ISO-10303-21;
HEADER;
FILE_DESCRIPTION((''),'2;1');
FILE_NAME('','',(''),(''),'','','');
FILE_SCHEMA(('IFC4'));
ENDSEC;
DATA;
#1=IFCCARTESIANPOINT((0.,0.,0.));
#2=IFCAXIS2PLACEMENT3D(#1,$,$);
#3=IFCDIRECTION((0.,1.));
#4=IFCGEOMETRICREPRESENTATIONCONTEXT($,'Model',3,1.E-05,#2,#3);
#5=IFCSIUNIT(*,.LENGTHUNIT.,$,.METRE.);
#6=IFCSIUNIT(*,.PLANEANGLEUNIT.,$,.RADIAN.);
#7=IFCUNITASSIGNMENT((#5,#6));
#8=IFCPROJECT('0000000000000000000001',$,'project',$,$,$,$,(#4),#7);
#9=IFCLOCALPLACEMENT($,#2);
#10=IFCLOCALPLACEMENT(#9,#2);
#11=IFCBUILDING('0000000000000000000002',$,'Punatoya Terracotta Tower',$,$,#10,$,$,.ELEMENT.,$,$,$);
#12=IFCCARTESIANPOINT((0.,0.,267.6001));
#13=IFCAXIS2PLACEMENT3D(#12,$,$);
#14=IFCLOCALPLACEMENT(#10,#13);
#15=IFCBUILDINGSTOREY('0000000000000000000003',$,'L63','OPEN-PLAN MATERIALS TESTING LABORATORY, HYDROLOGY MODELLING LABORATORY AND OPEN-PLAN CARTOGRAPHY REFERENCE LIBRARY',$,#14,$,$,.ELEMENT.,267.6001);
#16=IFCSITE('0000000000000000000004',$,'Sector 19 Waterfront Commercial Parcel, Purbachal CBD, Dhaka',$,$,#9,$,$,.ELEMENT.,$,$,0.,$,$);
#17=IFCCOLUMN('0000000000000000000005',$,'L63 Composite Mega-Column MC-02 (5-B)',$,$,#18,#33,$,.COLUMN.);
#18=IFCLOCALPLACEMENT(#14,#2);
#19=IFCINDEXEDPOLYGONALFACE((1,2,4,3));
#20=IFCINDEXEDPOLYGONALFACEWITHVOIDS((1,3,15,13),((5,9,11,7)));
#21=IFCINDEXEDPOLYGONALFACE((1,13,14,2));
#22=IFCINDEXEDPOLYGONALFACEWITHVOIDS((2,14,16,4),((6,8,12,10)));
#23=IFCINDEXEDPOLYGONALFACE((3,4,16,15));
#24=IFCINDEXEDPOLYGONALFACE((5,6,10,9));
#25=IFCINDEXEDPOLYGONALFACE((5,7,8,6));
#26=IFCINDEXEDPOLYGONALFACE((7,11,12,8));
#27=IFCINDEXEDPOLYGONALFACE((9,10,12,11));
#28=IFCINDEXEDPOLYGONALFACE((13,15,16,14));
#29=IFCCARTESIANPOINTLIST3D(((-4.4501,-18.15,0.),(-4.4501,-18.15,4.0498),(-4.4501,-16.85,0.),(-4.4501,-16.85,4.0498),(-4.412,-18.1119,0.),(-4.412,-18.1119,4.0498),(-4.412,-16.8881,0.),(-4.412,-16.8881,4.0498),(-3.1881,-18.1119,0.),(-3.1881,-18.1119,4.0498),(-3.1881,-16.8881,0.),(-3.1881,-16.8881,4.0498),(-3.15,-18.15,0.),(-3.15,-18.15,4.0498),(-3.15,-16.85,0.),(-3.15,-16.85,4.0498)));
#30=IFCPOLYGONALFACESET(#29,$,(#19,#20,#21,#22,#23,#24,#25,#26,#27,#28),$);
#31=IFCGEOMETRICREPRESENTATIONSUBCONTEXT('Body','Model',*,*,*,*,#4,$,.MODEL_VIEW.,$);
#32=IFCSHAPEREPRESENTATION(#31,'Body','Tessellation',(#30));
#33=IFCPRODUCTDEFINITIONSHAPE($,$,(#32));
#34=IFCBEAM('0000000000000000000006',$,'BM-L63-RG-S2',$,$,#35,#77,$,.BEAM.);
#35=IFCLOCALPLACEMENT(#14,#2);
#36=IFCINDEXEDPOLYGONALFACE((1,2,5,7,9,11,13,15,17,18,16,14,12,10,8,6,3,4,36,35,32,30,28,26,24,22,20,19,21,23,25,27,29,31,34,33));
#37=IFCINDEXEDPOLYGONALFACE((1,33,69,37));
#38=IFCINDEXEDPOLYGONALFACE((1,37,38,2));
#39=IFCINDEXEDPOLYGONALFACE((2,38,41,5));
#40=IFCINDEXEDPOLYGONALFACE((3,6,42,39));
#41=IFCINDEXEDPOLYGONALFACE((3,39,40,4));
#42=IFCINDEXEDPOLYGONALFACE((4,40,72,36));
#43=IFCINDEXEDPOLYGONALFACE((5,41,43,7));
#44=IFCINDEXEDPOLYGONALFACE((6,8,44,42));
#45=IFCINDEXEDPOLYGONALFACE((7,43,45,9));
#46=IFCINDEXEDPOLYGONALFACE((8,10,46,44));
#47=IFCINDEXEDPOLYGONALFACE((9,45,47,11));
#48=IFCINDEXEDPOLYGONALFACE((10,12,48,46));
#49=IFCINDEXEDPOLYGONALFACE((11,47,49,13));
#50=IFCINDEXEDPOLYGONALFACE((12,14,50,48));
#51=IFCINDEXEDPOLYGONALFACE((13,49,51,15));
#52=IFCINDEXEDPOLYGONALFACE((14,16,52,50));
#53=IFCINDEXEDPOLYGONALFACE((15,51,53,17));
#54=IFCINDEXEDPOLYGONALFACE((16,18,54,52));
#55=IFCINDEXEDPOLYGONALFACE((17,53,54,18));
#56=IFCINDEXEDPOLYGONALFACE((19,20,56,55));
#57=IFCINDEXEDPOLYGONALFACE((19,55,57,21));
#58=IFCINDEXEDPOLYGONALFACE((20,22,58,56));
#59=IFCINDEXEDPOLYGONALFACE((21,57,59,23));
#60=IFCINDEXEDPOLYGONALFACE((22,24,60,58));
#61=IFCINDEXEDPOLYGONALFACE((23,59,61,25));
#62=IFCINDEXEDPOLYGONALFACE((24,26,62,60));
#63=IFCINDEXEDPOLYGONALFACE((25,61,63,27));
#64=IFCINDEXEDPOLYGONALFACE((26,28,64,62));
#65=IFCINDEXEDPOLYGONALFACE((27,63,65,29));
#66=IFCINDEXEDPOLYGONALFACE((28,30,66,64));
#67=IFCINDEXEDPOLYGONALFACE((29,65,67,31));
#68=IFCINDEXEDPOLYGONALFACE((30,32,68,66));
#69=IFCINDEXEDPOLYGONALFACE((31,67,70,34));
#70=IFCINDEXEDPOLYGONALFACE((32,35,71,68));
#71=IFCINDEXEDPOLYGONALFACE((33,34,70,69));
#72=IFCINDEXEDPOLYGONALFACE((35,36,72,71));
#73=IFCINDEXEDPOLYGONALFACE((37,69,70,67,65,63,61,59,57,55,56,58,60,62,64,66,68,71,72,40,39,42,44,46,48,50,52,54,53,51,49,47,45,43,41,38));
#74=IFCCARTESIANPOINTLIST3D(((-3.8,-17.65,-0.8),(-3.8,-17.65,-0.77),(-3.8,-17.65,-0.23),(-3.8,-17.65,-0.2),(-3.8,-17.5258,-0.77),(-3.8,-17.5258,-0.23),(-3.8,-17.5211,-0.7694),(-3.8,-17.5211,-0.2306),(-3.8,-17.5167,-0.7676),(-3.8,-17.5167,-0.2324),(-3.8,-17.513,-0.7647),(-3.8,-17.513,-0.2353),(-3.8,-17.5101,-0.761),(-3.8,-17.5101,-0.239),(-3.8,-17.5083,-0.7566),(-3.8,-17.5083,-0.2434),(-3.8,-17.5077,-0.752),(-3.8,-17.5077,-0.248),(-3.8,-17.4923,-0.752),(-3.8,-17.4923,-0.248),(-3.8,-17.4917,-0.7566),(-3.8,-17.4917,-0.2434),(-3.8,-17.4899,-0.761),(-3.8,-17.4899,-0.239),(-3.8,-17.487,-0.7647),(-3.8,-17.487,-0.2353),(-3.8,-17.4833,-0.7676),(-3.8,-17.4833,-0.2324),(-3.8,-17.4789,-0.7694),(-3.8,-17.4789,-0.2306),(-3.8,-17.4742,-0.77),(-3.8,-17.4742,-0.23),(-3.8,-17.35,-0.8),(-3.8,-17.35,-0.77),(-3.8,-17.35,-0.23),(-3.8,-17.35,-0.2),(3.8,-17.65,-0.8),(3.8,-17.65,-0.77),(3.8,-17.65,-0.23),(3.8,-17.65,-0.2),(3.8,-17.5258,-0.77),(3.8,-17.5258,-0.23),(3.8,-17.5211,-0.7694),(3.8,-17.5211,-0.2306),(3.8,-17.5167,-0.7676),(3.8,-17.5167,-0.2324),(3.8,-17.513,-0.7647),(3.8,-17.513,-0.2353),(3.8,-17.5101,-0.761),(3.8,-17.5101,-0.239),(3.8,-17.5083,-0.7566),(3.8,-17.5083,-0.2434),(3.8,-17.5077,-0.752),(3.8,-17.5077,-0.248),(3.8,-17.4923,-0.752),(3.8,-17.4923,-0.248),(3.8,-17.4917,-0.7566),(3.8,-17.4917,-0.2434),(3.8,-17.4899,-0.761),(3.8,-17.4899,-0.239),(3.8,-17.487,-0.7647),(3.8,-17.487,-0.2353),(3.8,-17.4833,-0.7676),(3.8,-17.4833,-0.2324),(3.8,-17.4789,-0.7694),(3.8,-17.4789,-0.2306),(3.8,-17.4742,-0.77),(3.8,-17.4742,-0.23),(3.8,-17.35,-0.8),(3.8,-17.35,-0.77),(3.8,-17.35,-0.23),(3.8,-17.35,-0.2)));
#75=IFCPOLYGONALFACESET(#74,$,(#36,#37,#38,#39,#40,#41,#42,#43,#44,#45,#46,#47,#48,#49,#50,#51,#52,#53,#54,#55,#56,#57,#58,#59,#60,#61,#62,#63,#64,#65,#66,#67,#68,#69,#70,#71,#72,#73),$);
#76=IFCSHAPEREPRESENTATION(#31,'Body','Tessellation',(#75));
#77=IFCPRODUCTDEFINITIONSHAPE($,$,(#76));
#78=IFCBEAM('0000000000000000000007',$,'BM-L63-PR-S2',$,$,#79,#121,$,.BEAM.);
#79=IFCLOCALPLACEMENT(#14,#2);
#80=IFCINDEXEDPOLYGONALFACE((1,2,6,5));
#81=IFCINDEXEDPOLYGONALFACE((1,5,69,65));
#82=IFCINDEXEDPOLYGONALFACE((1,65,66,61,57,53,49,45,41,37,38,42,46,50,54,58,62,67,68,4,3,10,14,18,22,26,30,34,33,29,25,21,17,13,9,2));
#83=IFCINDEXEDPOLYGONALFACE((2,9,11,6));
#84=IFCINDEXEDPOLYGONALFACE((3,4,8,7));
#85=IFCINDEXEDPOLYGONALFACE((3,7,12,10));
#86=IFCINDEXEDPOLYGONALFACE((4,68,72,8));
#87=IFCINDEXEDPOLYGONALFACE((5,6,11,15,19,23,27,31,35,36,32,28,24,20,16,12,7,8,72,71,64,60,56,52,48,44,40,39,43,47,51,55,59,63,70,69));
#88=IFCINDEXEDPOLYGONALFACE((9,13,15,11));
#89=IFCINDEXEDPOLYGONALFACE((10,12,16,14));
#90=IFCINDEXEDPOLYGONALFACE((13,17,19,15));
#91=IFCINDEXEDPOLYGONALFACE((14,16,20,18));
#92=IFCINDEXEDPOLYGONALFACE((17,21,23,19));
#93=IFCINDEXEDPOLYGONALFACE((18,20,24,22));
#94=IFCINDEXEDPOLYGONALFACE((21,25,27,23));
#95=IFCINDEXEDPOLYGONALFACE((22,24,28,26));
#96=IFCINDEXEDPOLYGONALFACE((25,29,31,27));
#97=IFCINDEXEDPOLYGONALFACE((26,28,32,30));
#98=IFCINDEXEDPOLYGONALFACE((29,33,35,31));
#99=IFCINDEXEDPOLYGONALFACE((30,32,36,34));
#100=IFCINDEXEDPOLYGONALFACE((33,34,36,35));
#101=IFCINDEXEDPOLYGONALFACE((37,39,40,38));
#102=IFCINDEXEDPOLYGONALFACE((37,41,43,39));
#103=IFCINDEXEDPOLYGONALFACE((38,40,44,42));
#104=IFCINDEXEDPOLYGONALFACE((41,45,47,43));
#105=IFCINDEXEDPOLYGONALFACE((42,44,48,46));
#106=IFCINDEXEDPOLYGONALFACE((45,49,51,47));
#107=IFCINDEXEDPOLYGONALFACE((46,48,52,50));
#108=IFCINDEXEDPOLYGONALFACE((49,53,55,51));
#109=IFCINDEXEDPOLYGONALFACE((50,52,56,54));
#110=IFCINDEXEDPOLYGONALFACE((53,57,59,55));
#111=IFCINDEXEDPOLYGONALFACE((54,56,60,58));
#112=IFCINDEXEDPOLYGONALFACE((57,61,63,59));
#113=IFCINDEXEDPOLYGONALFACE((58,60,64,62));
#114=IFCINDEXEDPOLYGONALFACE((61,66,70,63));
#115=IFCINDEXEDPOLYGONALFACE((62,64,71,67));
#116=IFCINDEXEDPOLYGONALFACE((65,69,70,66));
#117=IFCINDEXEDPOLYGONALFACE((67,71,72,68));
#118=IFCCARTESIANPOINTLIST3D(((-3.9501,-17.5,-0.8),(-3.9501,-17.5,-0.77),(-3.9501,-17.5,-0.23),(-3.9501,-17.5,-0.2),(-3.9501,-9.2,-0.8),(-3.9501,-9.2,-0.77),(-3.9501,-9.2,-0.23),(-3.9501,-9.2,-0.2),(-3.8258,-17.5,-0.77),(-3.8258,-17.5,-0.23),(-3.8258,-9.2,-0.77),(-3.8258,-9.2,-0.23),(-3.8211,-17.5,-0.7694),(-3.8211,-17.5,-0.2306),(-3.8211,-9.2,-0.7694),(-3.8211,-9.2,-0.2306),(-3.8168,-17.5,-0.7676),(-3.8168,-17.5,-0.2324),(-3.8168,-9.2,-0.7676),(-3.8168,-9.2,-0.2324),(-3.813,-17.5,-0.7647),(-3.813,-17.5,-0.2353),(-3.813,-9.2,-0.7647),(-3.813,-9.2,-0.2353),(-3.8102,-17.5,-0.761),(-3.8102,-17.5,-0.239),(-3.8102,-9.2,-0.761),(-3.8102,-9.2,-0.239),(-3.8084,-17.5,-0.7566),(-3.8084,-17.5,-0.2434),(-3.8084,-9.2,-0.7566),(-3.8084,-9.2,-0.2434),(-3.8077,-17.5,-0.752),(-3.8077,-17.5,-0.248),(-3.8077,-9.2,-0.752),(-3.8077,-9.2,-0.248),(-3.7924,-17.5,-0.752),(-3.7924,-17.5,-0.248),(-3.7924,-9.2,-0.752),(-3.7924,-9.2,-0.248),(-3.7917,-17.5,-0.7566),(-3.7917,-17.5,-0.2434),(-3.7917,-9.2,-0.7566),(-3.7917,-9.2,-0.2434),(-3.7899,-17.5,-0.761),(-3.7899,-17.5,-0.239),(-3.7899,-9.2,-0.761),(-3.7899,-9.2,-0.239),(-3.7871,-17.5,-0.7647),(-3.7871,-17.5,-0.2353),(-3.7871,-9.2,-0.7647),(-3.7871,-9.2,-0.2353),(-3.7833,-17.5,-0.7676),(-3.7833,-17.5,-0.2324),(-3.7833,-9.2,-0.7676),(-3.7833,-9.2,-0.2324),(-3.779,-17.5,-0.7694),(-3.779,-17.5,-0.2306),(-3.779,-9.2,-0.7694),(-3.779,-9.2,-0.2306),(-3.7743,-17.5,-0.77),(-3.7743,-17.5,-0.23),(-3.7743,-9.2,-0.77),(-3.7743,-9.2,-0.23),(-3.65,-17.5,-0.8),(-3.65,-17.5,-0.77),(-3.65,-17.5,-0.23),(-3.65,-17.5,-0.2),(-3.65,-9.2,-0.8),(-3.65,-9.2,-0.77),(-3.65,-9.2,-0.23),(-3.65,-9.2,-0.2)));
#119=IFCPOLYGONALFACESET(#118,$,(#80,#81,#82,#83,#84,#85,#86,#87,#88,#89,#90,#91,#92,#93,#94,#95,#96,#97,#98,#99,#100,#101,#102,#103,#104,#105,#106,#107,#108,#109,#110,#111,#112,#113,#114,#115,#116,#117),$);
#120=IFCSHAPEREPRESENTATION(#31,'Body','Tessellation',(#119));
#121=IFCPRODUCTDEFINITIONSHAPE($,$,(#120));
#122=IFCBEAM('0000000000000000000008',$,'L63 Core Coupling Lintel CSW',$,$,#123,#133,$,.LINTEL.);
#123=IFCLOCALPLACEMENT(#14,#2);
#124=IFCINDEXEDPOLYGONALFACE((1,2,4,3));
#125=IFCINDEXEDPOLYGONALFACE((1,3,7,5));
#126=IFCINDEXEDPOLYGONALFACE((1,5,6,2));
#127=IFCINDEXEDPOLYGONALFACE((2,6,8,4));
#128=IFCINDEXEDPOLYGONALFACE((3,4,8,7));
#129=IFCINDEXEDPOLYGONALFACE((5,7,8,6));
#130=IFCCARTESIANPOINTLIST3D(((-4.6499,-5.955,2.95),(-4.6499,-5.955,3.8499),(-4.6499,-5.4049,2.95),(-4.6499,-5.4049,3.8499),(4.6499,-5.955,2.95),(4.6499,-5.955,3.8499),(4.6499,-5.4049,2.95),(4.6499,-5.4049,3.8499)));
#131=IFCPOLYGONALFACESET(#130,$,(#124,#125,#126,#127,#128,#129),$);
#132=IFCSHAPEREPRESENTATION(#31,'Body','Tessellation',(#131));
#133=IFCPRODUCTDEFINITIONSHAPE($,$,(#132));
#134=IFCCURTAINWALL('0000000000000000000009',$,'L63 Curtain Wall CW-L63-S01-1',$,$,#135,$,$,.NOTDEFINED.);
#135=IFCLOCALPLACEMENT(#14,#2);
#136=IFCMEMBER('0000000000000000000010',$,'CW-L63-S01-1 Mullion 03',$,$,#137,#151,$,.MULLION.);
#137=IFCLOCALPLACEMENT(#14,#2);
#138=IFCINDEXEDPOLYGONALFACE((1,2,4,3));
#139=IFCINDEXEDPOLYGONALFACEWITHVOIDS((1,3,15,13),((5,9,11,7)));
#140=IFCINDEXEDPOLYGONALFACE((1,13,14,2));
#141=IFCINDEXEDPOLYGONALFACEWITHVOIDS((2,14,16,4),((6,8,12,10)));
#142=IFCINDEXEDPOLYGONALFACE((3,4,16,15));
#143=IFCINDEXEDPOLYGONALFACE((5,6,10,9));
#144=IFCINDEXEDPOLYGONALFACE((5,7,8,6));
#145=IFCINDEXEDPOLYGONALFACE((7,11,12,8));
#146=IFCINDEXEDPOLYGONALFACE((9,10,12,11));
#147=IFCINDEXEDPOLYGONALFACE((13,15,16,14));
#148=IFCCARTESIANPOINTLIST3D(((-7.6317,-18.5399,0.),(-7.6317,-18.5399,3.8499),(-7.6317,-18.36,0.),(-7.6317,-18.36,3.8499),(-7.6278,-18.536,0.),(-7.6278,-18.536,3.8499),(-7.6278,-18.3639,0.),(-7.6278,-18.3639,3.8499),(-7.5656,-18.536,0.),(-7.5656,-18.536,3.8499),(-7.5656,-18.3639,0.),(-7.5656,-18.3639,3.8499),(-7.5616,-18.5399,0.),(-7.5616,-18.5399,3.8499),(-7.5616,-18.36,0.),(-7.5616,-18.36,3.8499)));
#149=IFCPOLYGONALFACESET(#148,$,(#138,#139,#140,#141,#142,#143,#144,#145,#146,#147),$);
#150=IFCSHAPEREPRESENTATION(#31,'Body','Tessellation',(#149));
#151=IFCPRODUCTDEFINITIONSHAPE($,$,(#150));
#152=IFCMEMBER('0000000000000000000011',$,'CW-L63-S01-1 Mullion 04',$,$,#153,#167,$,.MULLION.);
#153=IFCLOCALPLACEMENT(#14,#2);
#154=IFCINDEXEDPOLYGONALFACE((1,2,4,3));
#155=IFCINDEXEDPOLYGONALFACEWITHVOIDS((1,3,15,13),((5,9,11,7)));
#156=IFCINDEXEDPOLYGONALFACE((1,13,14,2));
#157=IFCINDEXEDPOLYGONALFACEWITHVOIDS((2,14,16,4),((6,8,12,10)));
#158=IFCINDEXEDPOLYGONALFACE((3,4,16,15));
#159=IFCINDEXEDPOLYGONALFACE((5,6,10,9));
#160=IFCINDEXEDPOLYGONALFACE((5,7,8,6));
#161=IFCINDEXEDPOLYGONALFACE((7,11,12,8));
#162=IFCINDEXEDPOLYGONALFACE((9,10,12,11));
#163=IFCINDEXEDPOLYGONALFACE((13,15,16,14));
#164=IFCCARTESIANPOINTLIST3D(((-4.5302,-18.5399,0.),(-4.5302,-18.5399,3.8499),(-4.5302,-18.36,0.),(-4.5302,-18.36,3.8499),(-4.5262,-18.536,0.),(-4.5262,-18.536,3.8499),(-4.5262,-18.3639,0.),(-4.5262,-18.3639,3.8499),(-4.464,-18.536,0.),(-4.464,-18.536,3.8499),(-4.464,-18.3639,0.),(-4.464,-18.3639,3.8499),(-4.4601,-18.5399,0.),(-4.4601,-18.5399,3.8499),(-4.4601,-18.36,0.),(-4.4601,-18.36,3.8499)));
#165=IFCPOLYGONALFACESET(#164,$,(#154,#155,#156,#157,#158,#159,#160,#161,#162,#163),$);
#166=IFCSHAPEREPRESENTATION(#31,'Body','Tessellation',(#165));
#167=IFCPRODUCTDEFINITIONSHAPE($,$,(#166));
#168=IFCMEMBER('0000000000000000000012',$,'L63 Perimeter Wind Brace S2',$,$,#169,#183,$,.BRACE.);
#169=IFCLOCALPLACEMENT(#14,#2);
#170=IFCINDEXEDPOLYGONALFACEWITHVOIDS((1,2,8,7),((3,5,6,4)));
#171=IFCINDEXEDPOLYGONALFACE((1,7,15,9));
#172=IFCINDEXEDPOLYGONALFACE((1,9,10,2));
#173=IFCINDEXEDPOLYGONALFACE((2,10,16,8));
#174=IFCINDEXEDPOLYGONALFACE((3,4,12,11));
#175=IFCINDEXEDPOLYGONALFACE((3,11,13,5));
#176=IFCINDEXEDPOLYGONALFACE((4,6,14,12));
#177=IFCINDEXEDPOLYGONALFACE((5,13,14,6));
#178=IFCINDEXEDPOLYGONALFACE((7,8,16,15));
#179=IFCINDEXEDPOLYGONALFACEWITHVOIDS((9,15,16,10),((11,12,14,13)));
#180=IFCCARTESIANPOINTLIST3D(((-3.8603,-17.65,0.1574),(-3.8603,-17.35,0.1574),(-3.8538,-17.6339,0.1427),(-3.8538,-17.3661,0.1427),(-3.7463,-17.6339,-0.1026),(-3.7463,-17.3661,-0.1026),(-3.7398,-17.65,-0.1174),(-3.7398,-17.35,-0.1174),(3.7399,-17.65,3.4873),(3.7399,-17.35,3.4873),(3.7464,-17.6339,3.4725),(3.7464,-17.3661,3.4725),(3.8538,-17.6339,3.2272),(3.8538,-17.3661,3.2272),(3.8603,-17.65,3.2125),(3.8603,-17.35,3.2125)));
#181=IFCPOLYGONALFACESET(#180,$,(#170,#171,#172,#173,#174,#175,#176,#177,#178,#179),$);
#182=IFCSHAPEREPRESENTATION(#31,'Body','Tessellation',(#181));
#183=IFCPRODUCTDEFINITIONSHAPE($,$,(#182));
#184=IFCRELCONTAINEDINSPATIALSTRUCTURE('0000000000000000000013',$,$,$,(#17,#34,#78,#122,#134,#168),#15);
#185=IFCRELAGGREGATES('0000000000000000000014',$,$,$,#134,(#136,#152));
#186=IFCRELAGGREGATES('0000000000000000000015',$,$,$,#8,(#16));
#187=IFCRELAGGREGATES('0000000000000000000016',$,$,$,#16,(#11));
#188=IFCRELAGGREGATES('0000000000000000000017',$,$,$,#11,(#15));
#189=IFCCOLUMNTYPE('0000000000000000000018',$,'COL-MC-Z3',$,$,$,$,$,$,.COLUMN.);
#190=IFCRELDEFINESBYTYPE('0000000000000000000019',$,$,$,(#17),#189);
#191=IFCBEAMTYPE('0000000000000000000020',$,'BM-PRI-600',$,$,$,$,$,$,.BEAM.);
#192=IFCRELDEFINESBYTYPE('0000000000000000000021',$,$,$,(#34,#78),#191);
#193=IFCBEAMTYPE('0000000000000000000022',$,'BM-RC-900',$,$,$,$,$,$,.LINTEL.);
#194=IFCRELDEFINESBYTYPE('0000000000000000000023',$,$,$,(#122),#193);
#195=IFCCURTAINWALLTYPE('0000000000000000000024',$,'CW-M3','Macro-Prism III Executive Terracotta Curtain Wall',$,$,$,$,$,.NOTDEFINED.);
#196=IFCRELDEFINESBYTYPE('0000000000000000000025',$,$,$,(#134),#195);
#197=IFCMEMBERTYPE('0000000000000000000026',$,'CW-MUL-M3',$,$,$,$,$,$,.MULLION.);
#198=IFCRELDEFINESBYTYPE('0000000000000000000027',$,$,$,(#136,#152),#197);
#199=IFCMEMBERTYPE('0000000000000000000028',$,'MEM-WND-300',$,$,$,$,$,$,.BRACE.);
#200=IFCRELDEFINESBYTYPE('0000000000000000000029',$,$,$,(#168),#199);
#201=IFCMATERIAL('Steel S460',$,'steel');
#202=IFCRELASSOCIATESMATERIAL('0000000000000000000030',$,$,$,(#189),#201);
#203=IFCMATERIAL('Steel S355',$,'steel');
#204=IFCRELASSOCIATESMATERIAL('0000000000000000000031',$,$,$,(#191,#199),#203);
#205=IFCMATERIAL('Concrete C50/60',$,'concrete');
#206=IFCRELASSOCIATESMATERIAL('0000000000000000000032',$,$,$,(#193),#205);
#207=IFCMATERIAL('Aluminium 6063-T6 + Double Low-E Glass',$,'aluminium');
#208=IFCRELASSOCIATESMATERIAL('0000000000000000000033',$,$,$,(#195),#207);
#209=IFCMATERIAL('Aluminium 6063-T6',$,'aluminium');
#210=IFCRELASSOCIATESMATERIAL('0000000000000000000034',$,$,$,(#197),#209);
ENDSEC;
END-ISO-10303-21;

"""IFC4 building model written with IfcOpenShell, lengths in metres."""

from ifc_helpers import new_model, si_unit, direction, frame, origin, origin_2d, place, context, subcontext, project, spatial, rectangle, hollow_rectangle, i_section, extrude, material, material_profile, profile_set, type_object, element, aggregate, save


model = new_model("IFC4")

# Units and contexts
model_context = context("Model", 3, precision=1e-05, world=origin(), true_north=direction((0.0, 1.0)))
body_context = subcontext(model_context, "Body", "Model", "MODEL_VIEW")
ifc_project = project(units=[si_unit("LENGTHUNIT", "METRE"), si_unit("PLANEANGLEUNIT", "RADIAN")], contexts=[model_context])

# Site, building, storey
site_placement = place(None, origin())
site = spatial("IfcSite", under=ifc_project, at=site_placement, Name="Sector 19 Waterfront Commercial Parcel, Purbachal CBD, Dhaka", CompositionType="ELEMENT", RefElevation=0.0)
building_placement = place(site_placement, origin())
building = spatial("IfcBuilding", under=site, at=building_placement, Name="Punatoya Terracotta Tower", CompositionType="ELEMENT")
storey_placement = place(building_placement, frame((0.0, 0.0, 267.6001)))
storey = spatial("IfcBuildingStorey", under=building, at=storey_placement, Name="L63", Description="OPEN-PLAN MATERIALS TESTING LABORATORY, HYDROLOGY MODELLING LABORATORY AND OPEN-PLAN CARTOGRAPHY REFERENCE LIBRARY", CompositionType="ELEMENT", Elevation=267.6001)

# Column
ifc_material_1 = material(Name="Steel S460", Category="steel")
ifc_material_profile_1 = material_profile(ifc_material_1, hollow_rectangle(XDim=1.3, YDim=1.3, WallThickness=0.0381, at=origin_2d()))
ifc_profile_set_1 = profile_set([ifc_material_profile_1], Name="Steel S460")
column_type = type_object("IfcColumnType", Name="COL-MC-Z3", PredefinedType="COLUMN", material=ifc_profile_set_1)
column_placement = place(storey_placement, frame((-3.8, -17.5, 0.0), z_axis=(0.0, 0.0, 1.0), x_axis=(1.0, 0.0, 0.0)))
element("IfcColumn", 1, at=column_placement, inside=storey, type_object=column_type, Name="L63 Composite Mega-Column MC-02 (5-B)", PredefinedType="COLUMN", context=body_context, shape_type="SweptSolid", body=[
    extrude(hollow_rectangle(XDim=1.3, YDim=1.3, WallThickness=0.0381, at=origin_2d()), origin(), (0.0, 0.0, 1.0), 4.0498),
])

# Beams
ifc_material_2 = material(Name="Steel S355", Category="steel")
ifc_material_profile_2 = material_profile(ifc_material_2, i_section(OverallWidth=0.3, OverallDepth=0.6001, WebThickness=0.0154, FlangeThickness=0.03, FilletRadius=0.0181, at=origin_2d()))
ifc_profile_set_2 = profile_set([ifc_material_profile_2], Name="Steel S355")
beam_type_1 = type_object("IfcBeamType", Name="BM-PRI-600", PredefinedType="BEAM", material=ifc_profile_set_2)
beam_1_placement = place(storey_placement, frame((-3.8, -17.5, -0.5), z_axis=(1.0, 0.0, 0.0), x_axis=(0.0, 1.0, 0.0)))
element("IfcBeam", 2, at=beam_1_placement, inside=storey, type_object=beam_type_1, Name="BM-L63-RG-S2", PredefinedType="BEAM", context=body_context, shape_type="SweptSolid", body=[
    extrude(i_section(OverallWidth=0.3, OverallDepth=0.6001, WebThickness=0.0154, FlangeThickness=0.03, FilletRadius=0.0181, at=origin_2d()), origin(), (0.0, 0.0, 1.0), 7.6001),
])
beam_2_placement = place(storey_placement, frame((-3.8, -17.5, -0.5), z_axis=(0.0, 1.0, 0.0), x_axis=(-1.0, 0.0, 0.0)))
element("IfcBeam", 3, at=beam_2_placement, inside=storey, type_object=beam_type_1, Name="BM-L63-PR-S2", PredefinedType="BEAM", context=body_context, shape_type="SweptSolid", body=[
    extrude(i_section(OverallWidth=0.3, OverallDepth=0.6001, WebThickness=0.0154, FlangeThickness=0.03, FilletRadius=0.0181, at=origin_2d()), origin(), (0.0, 0.0, 1.0), 8.3),
])
ifc_material_3 = material(Name="Concrete C50/60", Category="concrete")
ifc_material_profile_3 = material_profile(ifc_material_3, rectangle(XDim=0.55, YDim=0.8999, at=origin_2d()))
ifc_profile_set_3 = profile_set([ifc_material_profile_3], Name="Concrete C50/60")
beam_type_2 = type_object("IfcBeamType", Name="BM-RC-900", PredefinedType="LINTEL", material=ifc_profile_set_3)
beam_3_placement = place(storey_placement, frame((-4.6499, -5.6799, 3.3999), z_axis=(1.0, 0.0, 0.0), x_axis=(0.0, 1.0, 0.0)))
element("IfcBeam", 4, at=beam_3_placement, inside=storey, type_object=beam_type_2, Name="L63 Core Coupling Lintel CSW", PredefinedType="LINTEL", context=body_context, shape_type="SweptSolid", body=[
    extrude(rectangle(XDim=0.55, YDim=0.8999, at=origin_2d()), origin(), (0.0, 0.0, 1.0), 9.2998),
])

# Curtain wall, members
ifc_material_4 = material(Name="Aluminium 6063-T6 + Double Low-E Glass", Category="aluminium")
curtain_wall_type = type_object("IfcCurtainWallType", Name="CW-M3", Description="Macro-Prism III Executive Terracotta Curtain Wall", PredefinedType="NOTDEFINED", material=ifc_material_4)
curtain_wall_placement = place(storey_placement, origin())
curtain_wall = element("IfcCurtainWall", 5, at=curtain_wall_placement, inside=storey, type_object=curtain_wall_type, Name="L63 Curtain Wall CW-L63-S01-1", PredefinedType="NOTDEFINED")
ifc_material_5 = material(Name="Aluminium 6063-T6", Category="aluminium")
ifc_material_profile_4 = material_profile(ifc_material_5, hollow_rectangle(XDim=0.0701, YDim=0.1799, WallThickness=0.0039, at=origin_2d()))
ifc_profile_set_4 = profile_set([ifc_material_profile_4], Name="Aluminium 6063-T6")
member_type_1 = type_object("IfcMemberType", Name="CW-MUL-M3", PredefinedType="MULLION", material=ifc_profile_set_4)
member_1_placement = place(storey_placement, frame((-7.5967, -18.45, 0.0), z_axis=(0.0, 0.0, 1.0), x_axis=(1.0, 0.0, 0.0)))
member_1 = element("IfcMember", 6, at=member_1_placement, type_object=member_type_1, Name="CW-L63-S01-1 Mullion 03", PredefinedType="MULLION", context=body_context, shape_type="SweptSolid", body=[
    extrude(hollow_rectangle(XDim=0.0701, YDim=0.1799, WallThickness=0.0039, at=origin_2d()), origin(), (0.0, 0.0, 1.0), 3.8499),
])
member_2_placement = place(storey_placement, frame((-4.4951, -18.45, 0.0), z_axis=(0.0, 0.0, 1.0), x_axis=(1.0, 0.0, 0.0)))
member_2 = element("IfcMember", 7, at=member_2_placement, type_object=member_type_1, Name="CW-L63-S01-1 Mullion 04", PredefinedType="MULLION", context=body_context, shape_type="SweptSolid", body=[
    extrude(hollow_rectangle(XDim=0.0701, YDim=0.1799, WallThickness=0.0039, at=origin_2d()), origin(), (0.0, 0.0, 1.0), 3.8499),
])

# Member
ifc_material_profile_5 = material_profile(ifc_material_2, hollow_rectangle(XDim=0.3, YDim=0.3, WallThickness=0.0161, at=origin_2d()))
ifc_profile_set_5 = profile_set([ifc_material_profile_5], Name="Steel S355")
member_type_2 = type_object("IfcMemberType", Name="MEM-WND-300", PredefinedType="BRACE", material=ifc_profile_set_5)
member_3_placement = place(storey_placement, frame((-3.8, -17.5, 0.02), z_axis=(0.915945, 0.0, 0.401303), x_axis=(0.0, 1.0, 0.0)))
element("IfcMember", 8, at=member_3_placement, inside=storey, type_object=member_type_2, Name="L63 Perimeter Wind Brace S2", PredefinedType="BRACE", context=body_context, shape_type="SweptSolid", body=[
    extrude(hollow_rectangle(XDim=0.3, YDim=0.3, WallThickness=0.0161, at=origin_2d()), origin(), (0.0, 0.0, 1.0), 8.2976),
])

aggregate(curtain_wall, [member_1, member_2])

save(model, "model.ifc")
